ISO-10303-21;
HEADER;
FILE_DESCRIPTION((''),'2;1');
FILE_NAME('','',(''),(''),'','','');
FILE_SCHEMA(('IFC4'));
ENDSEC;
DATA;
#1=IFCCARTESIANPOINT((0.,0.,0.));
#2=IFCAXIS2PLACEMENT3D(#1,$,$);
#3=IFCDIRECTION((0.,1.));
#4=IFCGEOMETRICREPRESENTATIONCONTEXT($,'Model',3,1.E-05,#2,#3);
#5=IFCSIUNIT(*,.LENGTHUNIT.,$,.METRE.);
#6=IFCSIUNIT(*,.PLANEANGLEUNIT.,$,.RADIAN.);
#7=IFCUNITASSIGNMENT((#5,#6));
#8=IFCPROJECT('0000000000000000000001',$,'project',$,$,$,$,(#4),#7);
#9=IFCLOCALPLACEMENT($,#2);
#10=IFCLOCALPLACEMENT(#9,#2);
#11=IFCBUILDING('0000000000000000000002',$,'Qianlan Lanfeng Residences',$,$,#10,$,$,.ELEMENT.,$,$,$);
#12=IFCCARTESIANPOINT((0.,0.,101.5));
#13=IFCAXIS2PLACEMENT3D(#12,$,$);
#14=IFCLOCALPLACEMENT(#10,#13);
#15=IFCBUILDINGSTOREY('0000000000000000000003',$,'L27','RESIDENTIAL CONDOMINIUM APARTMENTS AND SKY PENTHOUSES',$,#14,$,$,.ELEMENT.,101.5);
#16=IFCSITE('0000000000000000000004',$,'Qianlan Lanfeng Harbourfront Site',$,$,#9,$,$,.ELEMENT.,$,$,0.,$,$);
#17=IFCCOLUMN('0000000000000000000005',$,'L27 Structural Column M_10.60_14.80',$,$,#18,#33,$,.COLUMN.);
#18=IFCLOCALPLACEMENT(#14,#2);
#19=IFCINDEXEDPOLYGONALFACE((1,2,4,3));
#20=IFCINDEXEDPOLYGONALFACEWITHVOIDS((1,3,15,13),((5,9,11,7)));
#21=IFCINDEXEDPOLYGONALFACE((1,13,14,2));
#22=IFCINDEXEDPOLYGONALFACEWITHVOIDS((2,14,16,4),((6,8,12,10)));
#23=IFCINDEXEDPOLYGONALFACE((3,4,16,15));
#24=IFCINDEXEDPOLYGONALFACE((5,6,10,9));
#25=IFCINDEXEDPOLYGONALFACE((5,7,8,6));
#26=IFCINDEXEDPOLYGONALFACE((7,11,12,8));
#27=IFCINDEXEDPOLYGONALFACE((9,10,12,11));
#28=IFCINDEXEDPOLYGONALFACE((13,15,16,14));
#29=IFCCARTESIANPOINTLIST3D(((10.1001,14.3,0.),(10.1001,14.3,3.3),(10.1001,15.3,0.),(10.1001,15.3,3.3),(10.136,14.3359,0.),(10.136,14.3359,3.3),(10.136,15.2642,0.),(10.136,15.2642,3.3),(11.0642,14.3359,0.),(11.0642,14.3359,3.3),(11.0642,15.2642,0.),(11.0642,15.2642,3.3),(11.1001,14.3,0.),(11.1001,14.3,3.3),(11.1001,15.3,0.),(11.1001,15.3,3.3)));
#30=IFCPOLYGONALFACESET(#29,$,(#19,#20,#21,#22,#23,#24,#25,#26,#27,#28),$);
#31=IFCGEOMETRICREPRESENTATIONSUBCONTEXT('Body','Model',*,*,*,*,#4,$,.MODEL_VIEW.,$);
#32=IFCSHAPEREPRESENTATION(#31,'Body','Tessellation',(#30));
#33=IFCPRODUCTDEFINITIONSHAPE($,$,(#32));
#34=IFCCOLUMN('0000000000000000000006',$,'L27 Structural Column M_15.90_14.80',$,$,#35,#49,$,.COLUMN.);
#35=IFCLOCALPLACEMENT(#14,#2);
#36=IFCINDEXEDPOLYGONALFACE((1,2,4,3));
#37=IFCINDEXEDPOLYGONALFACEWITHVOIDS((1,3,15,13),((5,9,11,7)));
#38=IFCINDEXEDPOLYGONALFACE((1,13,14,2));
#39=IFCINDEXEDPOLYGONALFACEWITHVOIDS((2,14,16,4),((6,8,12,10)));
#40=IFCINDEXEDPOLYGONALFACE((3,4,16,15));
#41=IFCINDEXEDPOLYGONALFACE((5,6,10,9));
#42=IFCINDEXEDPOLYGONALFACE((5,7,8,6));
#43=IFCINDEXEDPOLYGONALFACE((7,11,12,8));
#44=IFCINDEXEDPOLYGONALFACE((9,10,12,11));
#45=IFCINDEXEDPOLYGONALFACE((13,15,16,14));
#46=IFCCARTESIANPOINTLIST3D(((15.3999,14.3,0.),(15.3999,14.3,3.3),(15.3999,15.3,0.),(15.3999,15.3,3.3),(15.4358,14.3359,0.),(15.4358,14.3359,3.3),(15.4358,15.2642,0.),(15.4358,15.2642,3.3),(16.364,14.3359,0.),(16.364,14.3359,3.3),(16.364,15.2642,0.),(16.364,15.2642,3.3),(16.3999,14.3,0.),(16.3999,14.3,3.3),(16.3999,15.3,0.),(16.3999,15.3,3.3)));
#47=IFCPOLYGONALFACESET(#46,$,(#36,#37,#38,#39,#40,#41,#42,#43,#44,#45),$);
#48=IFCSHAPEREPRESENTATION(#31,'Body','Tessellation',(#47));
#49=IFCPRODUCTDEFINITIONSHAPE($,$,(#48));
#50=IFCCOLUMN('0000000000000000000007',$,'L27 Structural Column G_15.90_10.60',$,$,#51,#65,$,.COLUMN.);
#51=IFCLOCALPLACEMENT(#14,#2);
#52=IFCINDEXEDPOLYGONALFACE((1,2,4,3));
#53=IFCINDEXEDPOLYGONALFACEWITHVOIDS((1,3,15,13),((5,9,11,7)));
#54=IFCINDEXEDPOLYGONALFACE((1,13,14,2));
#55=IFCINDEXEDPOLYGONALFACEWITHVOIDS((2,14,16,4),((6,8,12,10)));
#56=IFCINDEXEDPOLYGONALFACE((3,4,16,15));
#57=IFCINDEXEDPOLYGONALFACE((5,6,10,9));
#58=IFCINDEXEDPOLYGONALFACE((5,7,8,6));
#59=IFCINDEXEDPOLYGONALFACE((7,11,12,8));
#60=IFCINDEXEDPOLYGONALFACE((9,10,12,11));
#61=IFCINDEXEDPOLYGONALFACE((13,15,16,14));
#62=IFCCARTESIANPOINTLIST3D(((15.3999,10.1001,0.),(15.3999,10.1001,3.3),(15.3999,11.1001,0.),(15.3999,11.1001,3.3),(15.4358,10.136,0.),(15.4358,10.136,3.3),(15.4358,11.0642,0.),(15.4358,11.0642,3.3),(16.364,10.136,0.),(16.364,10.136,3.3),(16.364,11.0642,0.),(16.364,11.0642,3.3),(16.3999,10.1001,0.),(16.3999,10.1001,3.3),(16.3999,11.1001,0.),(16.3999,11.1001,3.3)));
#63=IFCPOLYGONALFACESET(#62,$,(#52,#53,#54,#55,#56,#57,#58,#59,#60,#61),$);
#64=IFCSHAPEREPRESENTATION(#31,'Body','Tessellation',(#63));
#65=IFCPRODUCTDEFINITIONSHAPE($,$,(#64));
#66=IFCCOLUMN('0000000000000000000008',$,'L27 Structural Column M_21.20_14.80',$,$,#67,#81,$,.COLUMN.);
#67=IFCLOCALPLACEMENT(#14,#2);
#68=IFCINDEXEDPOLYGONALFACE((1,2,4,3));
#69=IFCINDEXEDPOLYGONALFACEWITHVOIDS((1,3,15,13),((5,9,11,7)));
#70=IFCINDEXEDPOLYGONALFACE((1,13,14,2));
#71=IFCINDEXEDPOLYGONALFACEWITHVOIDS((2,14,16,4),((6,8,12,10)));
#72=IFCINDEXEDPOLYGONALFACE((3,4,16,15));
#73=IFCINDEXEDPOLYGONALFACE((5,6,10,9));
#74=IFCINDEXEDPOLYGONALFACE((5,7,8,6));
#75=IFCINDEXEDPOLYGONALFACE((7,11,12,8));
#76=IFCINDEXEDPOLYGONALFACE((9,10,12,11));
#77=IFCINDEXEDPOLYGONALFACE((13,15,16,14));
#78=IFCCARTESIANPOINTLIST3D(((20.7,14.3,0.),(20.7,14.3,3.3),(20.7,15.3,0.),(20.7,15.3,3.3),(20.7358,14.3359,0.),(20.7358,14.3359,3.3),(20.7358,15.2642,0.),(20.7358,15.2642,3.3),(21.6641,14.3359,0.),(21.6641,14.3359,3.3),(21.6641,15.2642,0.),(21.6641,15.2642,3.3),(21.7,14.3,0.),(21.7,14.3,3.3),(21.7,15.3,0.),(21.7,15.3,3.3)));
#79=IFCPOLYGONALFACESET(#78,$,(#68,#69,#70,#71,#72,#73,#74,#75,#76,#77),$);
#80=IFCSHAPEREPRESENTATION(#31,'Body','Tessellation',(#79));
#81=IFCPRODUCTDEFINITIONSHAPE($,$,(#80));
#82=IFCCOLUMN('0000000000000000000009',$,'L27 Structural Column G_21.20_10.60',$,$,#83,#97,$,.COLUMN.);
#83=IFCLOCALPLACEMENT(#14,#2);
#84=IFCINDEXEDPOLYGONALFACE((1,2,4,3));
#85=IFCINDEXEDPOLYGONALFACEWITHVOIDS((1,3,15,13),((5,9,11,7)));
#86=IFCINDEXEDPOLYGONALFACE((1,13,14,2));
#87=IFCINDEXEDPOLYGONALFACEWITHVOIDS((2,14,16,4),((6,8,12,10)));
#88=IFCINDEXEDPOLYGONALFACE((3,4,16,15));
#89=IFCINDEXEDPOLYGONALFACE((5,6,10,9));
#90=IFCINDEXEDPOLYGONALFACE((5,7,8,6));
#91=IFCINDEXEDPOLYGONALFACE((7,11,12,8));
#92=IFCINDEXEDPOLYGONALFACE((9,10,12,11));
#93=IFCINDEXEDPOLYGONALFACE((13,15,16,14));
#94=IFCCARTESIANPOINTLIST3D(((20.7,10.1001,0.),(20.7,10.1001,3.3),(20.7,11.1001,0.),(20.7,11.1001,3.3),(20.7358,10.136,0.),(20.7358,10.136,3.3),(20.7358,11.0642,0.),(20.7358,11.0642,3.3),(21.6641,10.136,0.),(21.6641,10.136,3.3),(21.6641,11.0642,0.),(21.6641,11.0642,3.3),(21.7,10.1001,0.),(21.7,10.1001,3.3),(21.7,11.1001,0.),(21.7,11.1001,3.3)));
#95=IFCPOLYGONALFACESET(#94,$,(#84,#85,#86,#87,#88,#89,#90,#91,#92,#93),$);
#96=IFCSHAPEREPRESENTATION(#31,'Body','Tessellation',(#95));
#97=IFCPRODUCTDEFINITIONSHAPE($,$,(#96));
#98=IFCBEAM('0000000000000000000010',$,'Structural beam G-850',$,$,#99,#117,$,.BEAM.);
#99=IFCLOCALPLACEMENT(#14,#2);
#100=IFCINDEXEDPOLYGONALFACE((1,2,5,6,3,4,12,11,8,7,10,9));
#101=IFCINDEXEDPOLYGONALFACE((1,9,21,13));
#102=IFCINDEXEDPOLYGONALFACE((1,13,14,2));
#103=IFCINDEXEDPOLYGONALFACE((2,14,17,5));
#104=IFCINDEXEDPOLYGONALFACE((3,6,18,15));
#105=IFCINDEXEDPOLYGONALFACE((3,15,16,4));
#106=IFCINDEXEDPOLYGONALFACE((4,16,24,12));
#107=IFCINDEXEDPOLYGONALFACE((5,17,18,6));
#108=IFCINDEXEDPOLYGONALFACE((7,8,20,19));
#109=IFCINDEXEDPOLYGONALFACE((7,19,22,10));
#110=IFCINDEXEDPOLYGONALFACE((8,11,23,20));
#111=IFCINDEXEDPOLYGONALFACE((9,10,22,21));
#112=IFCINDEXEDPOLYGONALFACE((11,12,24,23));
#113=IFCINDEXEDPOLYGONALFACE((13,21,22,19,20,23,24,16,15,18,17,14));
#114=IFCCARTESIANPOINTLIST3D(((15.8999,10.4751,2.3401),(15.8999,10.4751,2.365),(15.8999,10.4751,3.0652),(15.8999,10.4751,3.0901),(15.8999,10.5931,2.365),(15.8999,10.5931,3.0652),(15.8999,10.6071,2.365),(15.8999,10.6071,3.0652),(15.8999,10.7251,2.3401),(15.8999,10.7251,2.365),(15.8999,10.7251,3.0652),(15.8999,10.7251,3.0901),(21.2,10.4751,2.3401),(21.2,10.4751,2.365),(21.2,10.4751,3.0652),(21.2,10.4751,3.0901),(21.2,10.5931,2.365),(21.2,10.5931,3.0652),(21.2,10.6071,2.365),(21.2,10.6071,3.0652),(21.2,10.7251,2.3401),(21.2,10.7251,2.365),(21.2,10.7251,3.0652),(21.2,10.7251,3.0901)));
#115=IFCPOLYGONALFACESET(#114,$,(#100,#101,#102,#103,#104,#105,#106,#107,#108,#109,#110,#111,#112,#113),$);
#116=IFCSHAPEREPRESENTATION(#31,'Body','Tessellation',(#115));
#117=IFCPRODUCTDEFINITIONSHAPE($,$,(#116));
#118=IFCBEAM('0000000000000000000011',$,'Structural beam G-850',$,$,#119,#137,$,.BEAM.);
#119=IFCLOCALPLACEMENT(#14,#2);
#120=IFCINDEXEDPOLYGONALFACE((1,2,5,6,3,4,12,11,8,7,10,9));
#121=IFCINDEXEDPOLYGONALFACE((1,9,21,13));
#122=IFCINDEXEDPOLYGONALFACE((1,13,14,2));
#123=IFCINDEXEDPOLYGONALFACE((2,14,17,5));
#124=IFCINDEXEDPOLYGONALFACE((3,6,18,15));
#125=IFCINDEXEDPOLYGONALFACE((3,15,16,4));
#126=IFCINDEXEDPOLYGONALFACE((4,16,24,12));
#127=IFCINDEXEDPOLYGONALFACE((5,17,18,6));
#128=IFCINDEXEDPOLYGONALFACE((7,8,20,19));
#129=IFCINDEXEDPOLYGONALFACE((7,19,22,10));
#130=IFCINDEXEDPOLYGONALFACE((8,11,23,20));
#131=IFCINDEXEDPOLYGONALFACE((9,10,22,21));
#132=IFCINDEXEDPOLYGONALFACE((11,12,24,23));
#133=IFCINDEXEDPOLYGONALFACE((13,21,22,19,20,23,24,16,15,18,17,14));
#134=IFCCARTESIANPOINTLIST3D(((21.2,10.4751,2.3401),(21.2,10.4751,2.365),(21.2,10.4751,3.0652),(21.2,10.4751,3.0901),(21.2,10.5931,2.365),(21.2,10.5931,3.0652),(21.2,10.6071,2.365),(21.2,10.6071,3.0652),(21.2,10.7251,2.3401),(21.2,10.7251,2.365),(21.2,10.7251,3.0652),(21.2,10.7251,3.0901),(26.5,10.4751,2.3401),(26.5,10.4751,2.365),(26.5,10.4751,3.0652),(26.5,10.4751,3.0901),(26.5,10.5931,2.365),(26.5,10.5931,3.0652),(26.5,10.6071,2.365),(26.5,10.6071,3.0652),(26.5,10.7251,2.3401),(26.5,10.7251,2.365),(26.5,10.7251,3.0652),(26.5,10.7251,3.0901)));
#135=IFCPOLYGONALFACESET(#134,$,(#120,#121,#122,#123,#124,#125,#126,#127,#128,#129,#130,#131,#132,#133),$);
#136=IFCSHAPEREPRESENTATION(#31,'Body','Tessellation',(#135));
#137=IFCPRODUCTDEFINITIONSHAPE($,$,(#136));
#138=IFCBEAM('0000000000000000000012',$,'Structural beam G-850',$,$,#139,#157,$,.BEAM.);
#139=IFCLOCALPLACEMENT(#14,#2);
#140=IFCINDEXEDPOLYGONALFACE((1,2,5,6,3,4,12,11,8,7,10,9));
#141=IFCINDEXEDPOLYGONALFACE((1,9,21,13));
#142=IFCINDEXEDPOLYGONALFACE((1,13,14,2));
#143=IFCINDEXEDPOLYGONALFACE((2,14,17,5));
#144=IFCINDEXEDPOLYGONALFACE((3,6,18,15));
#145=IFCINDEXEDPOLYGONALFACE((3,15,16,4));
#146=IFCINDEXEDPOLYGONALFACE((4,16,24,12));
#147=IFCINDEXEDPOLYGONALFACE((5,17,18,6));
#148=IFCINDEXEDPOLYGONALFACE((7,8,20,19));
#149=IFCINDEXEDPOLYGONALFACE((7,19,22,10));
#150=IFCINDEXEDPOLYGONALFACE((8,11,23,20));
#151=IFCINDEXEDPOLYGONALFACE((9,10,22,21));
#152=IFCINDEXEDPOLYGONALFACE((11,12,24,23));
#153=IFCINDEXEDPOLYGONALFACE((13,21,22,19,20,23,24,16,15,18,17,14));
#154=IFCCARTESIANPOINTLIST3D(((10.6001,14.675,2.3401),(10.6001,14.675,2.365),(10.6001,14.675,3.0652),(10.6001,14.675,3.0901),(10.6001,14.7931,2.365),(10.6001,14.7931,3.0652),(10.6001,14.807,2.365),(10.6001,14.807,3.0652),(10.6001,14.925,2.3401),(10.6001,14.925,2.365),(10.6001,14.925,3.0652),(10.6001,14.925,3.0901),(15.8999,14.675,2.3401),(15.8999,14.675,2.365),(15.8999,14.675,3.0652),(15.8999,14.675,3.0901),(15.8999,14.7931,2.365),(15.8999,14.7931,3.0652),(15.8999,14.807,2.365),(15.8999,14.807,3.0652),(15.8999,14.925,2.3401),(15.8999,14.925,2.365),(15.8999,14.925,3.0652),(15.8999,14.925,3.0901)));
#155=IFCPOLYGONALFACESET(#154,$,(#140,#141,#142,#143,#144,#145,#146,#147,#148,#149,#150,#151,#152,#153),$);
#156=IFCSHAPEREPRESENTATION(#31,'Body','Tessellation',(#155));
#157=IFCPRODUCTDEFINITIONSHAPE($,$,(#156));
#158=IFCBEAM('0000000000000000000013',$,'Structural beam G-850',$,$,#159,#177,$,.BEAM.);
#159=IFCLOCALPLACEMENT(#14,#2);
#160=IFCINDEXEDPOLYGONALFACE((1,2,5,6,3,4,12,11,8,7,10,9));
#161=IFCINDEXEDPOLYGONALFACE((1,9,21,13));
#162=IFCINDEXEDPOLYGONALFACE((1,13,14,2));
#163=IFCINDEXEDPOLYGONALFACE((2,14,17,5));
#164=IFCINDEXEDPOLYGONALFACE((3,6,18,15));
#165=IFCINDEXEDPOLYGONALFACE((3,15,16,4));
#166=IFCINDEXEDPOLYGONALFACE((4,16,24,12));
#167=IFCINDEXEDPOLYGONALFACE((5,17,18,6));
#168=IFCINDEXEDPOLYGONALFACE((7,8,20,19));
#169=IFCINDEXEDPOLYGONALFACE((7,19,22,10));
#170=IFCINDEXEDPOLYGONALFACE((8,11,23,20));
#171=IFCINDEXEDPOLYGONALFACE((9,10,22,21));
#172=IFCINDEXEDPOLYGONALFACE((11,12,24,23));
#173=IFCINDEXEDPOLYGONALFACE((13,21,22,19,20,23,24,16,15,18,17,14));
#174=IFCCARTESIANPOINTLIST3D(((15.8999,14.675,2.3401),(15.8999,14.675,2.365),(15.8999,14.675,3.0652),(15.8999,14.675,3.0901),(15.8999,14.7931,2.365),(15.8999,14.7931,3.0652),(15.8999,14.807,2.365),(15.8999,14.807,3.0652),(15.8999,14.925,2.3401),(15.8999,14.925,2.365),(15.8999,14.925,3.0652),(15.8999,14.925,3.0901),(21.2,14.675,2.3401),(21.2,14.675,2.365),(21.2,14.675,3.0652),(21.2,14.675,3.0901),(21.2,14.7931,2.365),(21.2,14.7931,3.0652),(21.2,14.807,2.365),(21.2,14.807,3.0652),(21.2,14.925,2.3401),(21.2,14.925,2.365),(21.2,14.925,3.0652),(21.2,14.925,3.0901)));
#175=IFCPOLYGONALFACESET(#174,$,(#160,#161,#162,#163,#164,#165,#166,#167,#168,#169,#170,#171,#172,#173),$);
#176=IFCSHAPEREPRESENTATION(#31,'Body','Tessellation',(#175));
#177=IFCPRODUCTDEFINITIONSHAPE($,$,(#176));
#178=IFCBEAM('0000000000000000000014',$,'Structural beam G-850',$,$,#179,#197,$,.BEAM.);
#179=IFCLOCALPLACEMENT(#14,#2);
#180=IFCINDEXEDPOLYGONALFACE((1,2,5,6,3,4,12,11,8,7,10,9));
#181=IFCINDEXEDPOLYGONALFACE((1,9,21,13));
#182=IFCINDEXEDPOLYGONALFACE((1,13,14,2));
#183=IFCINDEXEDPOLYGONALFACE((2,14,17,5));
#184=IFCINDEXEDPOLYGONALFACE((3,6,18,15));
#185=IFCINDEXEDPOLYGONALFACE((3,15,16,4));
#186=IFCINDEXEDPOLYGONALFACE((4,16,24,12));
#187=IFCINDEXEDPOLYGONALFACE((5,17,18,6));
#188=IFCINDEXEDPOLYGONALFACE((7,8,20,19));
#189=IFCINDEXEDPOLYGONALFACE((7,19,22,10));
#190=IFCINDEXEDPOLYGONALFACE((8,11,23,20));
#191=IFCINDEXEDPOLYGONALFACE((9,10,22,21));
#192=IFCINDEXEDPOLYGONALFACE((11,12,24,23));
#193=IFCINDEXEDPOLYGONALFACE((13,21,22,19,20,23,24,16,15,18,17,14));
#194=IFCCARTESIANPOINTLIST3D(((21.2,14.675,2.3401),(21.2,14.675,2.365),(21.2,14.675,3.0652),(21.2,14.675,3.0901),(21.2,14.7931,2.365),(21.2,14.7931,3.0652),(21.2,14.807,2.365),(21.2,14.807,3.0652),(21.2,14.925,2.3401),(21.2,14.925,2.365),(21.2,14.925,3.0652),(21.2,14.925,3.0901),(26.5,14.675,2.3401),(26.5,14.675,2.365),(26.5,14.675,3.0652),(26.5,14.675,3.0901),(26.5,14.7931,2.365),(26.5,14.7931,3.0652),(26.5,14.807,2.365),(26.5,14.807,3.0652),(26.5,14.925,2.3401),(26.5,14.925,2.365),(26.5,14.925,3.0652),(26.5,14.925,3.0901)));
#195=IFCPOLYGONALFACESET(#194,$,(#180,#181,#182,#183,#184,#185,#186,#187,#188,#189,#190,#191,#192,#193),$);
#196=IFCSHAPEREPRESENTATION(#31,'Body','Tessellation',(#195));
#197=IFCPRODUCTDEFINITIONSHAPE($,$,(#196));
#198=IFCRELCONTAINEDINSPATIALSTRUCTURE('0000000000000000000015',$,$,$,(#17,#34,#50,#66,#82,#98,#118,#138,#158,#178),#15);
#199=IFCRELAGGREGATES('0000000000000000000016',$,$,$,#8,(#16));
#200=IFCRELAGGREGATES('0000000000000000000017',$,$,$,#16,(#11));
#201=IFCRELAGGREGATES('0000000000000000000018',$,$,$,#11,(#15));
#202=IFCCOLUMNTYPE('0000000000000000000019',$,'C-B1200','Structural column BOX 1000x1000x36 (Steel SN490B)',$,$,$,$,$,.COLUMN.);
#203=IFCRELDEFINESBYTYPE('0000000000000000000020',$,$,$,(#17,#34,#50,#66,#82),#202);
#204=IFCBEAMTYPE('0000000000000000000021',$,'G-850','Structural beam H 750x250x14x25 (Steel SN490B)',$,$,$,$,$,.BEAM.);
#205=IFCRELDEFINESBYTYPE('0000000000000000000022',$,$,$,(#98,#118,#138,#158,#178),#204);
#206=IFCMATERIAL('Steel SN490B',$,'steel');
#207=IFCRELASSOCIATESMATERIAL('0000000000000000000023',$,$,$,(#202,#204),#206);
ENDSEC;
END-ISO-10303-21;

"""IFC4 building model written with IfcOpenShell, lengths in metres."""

from ifc_helpers import new_model, si_unit, direction, frame, origin, origin_2d, place, context, subcontext, project, spatial, hollow_rectangle, i_section, extrude, material, material_profile, profile_set, type_object, element, save


model = new_model("IFC4")

# Units and contexts
model_context = context("Model", 3, precision=1e-05, world=origin(), true_north=direction((0.0, 1.0)))
body_context = subcontext(model_context, "Body", "Model", "MODEL_VIEW")
ifc_project = project(units=[si_unit("LENGTHUNIT", "METRE"), si_unit("PLANEANGLEUNIT", "RADIAN")], contexts=[model_context])

# Site, building, storey
site_placement = place(None, origin())
site = spatial("IfcSite", under=ifc_project, at=site_placement, Name="Qianlan Lanfeng Harbourfront Site", CompositionType="ELEMENT", RefElevation=0.0)
building_placement = place(site_placement, origin())
building = spatial("IfcBuilding", under=site, at=building_placement, Name="Qianlan Lanfeng Residences", CompositionType="ELEMENT")
storey_placement = place(building_placement, frame((0.0, 0.0, 101.5)))
storey = spatial("IfcBuildingStorey", under=building, at=storey_placement, Name="L27", Description="RESIDENTIAL CONDOMINIUM APARTMENTS AND SKY PENTHOUSES", CompositionType="ELEMENT", Elevation=101.5)

# Columns
ifc_material_1 = material(Name="Steel SN490B", Category="steel")
ifc_material_profile_1 = material_profile(ifc_material_1, hollow_rectangle(XDim=1.0, YDim=1.0, WallThickness=0.0359, at=origin_2d()), Name="BOX 1000x1000x36")
ifc_profile_set_1 = profile_set([ifc_material_profile_1], Name="Steel SN490B")
column_type = type_object("IfcColumnType", Name="C-B1200", Description="Structural column BOX 1000x1000x36 (Steel SN490B)", PredefinedType="COLUMN", material=ifc_profile_set_1)
for number, where, z_axis, x_axis, name in (
    (1, (10.6001, 14.8, 0.0), (0.0, 0.0, 1.0), (1.0, 0.0, 0.0), "L27 Structural Column M_10.60_14.80"),
    (2, (15.8999, 14.8, 0.0), (0.0, 0.0, 1.0), (1.0, 0.0, 0.0), "L27 Structural Column M_15.90_14.80"),
    (3, (15.8999, 10.6001, 0.0), (0.0, 0.0, 1.0), (1.0, 0.0, 0.0), "L27 Structural Column G_15.90_10.60"),
    (4, (21.2, 14.8, 0.0), (0.0, 0.0, 1.0), (1.0, 0.0, 0.0), "L27 Structural Column M_21.20_14.80"),
    (5, (21.2, 10.6001, 0.0), (0.0, 0.0, 1.0), (1.0, 0.0, 0.0), "L27 Structural Column G_21.20_10.60"),
):
    element("IfcColumn", number, at=place(storey_placement, frame(where, z_axis=z_axis, x_axis=x_axis)), inside=storey, type_object=column_type, Name=name, PredefinedType="COLUMN", context=body_context, shape_type="SweptSolid", body=[
        extrude(hollow_rectangle(XDim=1.0, YDim=1.0, WallThickness=0.0359, at=origin_2d()), origin(), (0.0, 0.0, 1.0), 3.3),
    ])

# Beams
ifc_material_profile_2 = material_profile(ifc_material_1, i_section(OverallWidth=0.25, OverallDepth=0.75, WebThickness=0.0139, FlangeThickness=0.0249, at=origin_2d()), Name="H 750x250x14x25")
ifc_profile_set_2 = profile_set([ifc_material_profile_2], Name="Steel SN490B")
beam_type_1 = type_object("IfcBeamType", Name="G-850", Description="Structural beam H 750x250x14x25 (Steel SN490B)", PredefinedType="BEAM", material=ifc_profile_set_2)
for number, where, z_axis, x_axis, name in (
    (6, (15.8999, 10.6001, 2.7151), (1.0, 0.0, 0.0), (0.0, 1.0, 0.0), "Structural beam G-850"),
    (7, (21.2, 10.6001, 2.7151), (1.0, 0.0, 0.0), (0.0, 1.0, 0.0), "Structural beam G-850"),
):
    element("IfcBeam", number, at=place(storey_placement, frame(where, z_axis=z_axis, x_axis=x_axis)), inside=storey, type_object=beam_type_1, Name=name, PredefinedType="BEAM", context=body_context, shape_type="SweptSolid", body=[
        extrude(i_section(OverallWidth=0.25, OverallDepth=0.75, WebThickness=0.0139, FlangeThickness=0.0249, at=origin_2d()), origin(), (0.0, 0.0, 1.0), 5.3),
    ])
beam_1_placement = place(storey_placement, frame((10.6001, 14.8, 2.7151), z_axis=(1.0, 0.0, 0.0), x_axis=(0.0, 1.0, 0.0)))
element("IfcBeam", 8, at=beam_1_placement, inside=storey, type_object=beam_type_1, Name="Structural beam G-850", PredefinedType="BEAM", context=body_context, shape_type="SweptSolid", body=[
    extrude(i_section(OverallWidth=0.25, OverallDepth=0.75, WebThickness=0.0139, FlangeThickness=0.0249, at=origin_2d()), origin(), (0.0, 0.0, 1.0), 5.2998),
])
for number, where, z_axis, x_axis, name in (
    (9, (15.8999, 14.8, 2.7151), (1.0, 0.0, 0.0), (0.0, 1.0, 0.0), "Structural beam G-850"),
    (10, (21.2, 14.8, 2.7151), (1.0, 0.0, 0.0), (0.0, 1.0, 0.0), "Structural beam G-850"),
):
    element("IfcBeam", number, at=place(storey_placement, frame(where, z_axis=z_axis, x_axis=x_axis)), inside=storey, type_object=beam_type_1, Name=name, PredefinedType="BEAM", context=body_context, shape_type="SweptSolid", body=[
        extrude(i_section(OverallWidth=0.25, OverallDepth=0.75, WebThickness=0.0139, FlangeThickness=0.0249, at=origin_2d()), origin(), (0.0, 0.0, 1.0), 5.3),
    ])

save(model, "model.ifc")
